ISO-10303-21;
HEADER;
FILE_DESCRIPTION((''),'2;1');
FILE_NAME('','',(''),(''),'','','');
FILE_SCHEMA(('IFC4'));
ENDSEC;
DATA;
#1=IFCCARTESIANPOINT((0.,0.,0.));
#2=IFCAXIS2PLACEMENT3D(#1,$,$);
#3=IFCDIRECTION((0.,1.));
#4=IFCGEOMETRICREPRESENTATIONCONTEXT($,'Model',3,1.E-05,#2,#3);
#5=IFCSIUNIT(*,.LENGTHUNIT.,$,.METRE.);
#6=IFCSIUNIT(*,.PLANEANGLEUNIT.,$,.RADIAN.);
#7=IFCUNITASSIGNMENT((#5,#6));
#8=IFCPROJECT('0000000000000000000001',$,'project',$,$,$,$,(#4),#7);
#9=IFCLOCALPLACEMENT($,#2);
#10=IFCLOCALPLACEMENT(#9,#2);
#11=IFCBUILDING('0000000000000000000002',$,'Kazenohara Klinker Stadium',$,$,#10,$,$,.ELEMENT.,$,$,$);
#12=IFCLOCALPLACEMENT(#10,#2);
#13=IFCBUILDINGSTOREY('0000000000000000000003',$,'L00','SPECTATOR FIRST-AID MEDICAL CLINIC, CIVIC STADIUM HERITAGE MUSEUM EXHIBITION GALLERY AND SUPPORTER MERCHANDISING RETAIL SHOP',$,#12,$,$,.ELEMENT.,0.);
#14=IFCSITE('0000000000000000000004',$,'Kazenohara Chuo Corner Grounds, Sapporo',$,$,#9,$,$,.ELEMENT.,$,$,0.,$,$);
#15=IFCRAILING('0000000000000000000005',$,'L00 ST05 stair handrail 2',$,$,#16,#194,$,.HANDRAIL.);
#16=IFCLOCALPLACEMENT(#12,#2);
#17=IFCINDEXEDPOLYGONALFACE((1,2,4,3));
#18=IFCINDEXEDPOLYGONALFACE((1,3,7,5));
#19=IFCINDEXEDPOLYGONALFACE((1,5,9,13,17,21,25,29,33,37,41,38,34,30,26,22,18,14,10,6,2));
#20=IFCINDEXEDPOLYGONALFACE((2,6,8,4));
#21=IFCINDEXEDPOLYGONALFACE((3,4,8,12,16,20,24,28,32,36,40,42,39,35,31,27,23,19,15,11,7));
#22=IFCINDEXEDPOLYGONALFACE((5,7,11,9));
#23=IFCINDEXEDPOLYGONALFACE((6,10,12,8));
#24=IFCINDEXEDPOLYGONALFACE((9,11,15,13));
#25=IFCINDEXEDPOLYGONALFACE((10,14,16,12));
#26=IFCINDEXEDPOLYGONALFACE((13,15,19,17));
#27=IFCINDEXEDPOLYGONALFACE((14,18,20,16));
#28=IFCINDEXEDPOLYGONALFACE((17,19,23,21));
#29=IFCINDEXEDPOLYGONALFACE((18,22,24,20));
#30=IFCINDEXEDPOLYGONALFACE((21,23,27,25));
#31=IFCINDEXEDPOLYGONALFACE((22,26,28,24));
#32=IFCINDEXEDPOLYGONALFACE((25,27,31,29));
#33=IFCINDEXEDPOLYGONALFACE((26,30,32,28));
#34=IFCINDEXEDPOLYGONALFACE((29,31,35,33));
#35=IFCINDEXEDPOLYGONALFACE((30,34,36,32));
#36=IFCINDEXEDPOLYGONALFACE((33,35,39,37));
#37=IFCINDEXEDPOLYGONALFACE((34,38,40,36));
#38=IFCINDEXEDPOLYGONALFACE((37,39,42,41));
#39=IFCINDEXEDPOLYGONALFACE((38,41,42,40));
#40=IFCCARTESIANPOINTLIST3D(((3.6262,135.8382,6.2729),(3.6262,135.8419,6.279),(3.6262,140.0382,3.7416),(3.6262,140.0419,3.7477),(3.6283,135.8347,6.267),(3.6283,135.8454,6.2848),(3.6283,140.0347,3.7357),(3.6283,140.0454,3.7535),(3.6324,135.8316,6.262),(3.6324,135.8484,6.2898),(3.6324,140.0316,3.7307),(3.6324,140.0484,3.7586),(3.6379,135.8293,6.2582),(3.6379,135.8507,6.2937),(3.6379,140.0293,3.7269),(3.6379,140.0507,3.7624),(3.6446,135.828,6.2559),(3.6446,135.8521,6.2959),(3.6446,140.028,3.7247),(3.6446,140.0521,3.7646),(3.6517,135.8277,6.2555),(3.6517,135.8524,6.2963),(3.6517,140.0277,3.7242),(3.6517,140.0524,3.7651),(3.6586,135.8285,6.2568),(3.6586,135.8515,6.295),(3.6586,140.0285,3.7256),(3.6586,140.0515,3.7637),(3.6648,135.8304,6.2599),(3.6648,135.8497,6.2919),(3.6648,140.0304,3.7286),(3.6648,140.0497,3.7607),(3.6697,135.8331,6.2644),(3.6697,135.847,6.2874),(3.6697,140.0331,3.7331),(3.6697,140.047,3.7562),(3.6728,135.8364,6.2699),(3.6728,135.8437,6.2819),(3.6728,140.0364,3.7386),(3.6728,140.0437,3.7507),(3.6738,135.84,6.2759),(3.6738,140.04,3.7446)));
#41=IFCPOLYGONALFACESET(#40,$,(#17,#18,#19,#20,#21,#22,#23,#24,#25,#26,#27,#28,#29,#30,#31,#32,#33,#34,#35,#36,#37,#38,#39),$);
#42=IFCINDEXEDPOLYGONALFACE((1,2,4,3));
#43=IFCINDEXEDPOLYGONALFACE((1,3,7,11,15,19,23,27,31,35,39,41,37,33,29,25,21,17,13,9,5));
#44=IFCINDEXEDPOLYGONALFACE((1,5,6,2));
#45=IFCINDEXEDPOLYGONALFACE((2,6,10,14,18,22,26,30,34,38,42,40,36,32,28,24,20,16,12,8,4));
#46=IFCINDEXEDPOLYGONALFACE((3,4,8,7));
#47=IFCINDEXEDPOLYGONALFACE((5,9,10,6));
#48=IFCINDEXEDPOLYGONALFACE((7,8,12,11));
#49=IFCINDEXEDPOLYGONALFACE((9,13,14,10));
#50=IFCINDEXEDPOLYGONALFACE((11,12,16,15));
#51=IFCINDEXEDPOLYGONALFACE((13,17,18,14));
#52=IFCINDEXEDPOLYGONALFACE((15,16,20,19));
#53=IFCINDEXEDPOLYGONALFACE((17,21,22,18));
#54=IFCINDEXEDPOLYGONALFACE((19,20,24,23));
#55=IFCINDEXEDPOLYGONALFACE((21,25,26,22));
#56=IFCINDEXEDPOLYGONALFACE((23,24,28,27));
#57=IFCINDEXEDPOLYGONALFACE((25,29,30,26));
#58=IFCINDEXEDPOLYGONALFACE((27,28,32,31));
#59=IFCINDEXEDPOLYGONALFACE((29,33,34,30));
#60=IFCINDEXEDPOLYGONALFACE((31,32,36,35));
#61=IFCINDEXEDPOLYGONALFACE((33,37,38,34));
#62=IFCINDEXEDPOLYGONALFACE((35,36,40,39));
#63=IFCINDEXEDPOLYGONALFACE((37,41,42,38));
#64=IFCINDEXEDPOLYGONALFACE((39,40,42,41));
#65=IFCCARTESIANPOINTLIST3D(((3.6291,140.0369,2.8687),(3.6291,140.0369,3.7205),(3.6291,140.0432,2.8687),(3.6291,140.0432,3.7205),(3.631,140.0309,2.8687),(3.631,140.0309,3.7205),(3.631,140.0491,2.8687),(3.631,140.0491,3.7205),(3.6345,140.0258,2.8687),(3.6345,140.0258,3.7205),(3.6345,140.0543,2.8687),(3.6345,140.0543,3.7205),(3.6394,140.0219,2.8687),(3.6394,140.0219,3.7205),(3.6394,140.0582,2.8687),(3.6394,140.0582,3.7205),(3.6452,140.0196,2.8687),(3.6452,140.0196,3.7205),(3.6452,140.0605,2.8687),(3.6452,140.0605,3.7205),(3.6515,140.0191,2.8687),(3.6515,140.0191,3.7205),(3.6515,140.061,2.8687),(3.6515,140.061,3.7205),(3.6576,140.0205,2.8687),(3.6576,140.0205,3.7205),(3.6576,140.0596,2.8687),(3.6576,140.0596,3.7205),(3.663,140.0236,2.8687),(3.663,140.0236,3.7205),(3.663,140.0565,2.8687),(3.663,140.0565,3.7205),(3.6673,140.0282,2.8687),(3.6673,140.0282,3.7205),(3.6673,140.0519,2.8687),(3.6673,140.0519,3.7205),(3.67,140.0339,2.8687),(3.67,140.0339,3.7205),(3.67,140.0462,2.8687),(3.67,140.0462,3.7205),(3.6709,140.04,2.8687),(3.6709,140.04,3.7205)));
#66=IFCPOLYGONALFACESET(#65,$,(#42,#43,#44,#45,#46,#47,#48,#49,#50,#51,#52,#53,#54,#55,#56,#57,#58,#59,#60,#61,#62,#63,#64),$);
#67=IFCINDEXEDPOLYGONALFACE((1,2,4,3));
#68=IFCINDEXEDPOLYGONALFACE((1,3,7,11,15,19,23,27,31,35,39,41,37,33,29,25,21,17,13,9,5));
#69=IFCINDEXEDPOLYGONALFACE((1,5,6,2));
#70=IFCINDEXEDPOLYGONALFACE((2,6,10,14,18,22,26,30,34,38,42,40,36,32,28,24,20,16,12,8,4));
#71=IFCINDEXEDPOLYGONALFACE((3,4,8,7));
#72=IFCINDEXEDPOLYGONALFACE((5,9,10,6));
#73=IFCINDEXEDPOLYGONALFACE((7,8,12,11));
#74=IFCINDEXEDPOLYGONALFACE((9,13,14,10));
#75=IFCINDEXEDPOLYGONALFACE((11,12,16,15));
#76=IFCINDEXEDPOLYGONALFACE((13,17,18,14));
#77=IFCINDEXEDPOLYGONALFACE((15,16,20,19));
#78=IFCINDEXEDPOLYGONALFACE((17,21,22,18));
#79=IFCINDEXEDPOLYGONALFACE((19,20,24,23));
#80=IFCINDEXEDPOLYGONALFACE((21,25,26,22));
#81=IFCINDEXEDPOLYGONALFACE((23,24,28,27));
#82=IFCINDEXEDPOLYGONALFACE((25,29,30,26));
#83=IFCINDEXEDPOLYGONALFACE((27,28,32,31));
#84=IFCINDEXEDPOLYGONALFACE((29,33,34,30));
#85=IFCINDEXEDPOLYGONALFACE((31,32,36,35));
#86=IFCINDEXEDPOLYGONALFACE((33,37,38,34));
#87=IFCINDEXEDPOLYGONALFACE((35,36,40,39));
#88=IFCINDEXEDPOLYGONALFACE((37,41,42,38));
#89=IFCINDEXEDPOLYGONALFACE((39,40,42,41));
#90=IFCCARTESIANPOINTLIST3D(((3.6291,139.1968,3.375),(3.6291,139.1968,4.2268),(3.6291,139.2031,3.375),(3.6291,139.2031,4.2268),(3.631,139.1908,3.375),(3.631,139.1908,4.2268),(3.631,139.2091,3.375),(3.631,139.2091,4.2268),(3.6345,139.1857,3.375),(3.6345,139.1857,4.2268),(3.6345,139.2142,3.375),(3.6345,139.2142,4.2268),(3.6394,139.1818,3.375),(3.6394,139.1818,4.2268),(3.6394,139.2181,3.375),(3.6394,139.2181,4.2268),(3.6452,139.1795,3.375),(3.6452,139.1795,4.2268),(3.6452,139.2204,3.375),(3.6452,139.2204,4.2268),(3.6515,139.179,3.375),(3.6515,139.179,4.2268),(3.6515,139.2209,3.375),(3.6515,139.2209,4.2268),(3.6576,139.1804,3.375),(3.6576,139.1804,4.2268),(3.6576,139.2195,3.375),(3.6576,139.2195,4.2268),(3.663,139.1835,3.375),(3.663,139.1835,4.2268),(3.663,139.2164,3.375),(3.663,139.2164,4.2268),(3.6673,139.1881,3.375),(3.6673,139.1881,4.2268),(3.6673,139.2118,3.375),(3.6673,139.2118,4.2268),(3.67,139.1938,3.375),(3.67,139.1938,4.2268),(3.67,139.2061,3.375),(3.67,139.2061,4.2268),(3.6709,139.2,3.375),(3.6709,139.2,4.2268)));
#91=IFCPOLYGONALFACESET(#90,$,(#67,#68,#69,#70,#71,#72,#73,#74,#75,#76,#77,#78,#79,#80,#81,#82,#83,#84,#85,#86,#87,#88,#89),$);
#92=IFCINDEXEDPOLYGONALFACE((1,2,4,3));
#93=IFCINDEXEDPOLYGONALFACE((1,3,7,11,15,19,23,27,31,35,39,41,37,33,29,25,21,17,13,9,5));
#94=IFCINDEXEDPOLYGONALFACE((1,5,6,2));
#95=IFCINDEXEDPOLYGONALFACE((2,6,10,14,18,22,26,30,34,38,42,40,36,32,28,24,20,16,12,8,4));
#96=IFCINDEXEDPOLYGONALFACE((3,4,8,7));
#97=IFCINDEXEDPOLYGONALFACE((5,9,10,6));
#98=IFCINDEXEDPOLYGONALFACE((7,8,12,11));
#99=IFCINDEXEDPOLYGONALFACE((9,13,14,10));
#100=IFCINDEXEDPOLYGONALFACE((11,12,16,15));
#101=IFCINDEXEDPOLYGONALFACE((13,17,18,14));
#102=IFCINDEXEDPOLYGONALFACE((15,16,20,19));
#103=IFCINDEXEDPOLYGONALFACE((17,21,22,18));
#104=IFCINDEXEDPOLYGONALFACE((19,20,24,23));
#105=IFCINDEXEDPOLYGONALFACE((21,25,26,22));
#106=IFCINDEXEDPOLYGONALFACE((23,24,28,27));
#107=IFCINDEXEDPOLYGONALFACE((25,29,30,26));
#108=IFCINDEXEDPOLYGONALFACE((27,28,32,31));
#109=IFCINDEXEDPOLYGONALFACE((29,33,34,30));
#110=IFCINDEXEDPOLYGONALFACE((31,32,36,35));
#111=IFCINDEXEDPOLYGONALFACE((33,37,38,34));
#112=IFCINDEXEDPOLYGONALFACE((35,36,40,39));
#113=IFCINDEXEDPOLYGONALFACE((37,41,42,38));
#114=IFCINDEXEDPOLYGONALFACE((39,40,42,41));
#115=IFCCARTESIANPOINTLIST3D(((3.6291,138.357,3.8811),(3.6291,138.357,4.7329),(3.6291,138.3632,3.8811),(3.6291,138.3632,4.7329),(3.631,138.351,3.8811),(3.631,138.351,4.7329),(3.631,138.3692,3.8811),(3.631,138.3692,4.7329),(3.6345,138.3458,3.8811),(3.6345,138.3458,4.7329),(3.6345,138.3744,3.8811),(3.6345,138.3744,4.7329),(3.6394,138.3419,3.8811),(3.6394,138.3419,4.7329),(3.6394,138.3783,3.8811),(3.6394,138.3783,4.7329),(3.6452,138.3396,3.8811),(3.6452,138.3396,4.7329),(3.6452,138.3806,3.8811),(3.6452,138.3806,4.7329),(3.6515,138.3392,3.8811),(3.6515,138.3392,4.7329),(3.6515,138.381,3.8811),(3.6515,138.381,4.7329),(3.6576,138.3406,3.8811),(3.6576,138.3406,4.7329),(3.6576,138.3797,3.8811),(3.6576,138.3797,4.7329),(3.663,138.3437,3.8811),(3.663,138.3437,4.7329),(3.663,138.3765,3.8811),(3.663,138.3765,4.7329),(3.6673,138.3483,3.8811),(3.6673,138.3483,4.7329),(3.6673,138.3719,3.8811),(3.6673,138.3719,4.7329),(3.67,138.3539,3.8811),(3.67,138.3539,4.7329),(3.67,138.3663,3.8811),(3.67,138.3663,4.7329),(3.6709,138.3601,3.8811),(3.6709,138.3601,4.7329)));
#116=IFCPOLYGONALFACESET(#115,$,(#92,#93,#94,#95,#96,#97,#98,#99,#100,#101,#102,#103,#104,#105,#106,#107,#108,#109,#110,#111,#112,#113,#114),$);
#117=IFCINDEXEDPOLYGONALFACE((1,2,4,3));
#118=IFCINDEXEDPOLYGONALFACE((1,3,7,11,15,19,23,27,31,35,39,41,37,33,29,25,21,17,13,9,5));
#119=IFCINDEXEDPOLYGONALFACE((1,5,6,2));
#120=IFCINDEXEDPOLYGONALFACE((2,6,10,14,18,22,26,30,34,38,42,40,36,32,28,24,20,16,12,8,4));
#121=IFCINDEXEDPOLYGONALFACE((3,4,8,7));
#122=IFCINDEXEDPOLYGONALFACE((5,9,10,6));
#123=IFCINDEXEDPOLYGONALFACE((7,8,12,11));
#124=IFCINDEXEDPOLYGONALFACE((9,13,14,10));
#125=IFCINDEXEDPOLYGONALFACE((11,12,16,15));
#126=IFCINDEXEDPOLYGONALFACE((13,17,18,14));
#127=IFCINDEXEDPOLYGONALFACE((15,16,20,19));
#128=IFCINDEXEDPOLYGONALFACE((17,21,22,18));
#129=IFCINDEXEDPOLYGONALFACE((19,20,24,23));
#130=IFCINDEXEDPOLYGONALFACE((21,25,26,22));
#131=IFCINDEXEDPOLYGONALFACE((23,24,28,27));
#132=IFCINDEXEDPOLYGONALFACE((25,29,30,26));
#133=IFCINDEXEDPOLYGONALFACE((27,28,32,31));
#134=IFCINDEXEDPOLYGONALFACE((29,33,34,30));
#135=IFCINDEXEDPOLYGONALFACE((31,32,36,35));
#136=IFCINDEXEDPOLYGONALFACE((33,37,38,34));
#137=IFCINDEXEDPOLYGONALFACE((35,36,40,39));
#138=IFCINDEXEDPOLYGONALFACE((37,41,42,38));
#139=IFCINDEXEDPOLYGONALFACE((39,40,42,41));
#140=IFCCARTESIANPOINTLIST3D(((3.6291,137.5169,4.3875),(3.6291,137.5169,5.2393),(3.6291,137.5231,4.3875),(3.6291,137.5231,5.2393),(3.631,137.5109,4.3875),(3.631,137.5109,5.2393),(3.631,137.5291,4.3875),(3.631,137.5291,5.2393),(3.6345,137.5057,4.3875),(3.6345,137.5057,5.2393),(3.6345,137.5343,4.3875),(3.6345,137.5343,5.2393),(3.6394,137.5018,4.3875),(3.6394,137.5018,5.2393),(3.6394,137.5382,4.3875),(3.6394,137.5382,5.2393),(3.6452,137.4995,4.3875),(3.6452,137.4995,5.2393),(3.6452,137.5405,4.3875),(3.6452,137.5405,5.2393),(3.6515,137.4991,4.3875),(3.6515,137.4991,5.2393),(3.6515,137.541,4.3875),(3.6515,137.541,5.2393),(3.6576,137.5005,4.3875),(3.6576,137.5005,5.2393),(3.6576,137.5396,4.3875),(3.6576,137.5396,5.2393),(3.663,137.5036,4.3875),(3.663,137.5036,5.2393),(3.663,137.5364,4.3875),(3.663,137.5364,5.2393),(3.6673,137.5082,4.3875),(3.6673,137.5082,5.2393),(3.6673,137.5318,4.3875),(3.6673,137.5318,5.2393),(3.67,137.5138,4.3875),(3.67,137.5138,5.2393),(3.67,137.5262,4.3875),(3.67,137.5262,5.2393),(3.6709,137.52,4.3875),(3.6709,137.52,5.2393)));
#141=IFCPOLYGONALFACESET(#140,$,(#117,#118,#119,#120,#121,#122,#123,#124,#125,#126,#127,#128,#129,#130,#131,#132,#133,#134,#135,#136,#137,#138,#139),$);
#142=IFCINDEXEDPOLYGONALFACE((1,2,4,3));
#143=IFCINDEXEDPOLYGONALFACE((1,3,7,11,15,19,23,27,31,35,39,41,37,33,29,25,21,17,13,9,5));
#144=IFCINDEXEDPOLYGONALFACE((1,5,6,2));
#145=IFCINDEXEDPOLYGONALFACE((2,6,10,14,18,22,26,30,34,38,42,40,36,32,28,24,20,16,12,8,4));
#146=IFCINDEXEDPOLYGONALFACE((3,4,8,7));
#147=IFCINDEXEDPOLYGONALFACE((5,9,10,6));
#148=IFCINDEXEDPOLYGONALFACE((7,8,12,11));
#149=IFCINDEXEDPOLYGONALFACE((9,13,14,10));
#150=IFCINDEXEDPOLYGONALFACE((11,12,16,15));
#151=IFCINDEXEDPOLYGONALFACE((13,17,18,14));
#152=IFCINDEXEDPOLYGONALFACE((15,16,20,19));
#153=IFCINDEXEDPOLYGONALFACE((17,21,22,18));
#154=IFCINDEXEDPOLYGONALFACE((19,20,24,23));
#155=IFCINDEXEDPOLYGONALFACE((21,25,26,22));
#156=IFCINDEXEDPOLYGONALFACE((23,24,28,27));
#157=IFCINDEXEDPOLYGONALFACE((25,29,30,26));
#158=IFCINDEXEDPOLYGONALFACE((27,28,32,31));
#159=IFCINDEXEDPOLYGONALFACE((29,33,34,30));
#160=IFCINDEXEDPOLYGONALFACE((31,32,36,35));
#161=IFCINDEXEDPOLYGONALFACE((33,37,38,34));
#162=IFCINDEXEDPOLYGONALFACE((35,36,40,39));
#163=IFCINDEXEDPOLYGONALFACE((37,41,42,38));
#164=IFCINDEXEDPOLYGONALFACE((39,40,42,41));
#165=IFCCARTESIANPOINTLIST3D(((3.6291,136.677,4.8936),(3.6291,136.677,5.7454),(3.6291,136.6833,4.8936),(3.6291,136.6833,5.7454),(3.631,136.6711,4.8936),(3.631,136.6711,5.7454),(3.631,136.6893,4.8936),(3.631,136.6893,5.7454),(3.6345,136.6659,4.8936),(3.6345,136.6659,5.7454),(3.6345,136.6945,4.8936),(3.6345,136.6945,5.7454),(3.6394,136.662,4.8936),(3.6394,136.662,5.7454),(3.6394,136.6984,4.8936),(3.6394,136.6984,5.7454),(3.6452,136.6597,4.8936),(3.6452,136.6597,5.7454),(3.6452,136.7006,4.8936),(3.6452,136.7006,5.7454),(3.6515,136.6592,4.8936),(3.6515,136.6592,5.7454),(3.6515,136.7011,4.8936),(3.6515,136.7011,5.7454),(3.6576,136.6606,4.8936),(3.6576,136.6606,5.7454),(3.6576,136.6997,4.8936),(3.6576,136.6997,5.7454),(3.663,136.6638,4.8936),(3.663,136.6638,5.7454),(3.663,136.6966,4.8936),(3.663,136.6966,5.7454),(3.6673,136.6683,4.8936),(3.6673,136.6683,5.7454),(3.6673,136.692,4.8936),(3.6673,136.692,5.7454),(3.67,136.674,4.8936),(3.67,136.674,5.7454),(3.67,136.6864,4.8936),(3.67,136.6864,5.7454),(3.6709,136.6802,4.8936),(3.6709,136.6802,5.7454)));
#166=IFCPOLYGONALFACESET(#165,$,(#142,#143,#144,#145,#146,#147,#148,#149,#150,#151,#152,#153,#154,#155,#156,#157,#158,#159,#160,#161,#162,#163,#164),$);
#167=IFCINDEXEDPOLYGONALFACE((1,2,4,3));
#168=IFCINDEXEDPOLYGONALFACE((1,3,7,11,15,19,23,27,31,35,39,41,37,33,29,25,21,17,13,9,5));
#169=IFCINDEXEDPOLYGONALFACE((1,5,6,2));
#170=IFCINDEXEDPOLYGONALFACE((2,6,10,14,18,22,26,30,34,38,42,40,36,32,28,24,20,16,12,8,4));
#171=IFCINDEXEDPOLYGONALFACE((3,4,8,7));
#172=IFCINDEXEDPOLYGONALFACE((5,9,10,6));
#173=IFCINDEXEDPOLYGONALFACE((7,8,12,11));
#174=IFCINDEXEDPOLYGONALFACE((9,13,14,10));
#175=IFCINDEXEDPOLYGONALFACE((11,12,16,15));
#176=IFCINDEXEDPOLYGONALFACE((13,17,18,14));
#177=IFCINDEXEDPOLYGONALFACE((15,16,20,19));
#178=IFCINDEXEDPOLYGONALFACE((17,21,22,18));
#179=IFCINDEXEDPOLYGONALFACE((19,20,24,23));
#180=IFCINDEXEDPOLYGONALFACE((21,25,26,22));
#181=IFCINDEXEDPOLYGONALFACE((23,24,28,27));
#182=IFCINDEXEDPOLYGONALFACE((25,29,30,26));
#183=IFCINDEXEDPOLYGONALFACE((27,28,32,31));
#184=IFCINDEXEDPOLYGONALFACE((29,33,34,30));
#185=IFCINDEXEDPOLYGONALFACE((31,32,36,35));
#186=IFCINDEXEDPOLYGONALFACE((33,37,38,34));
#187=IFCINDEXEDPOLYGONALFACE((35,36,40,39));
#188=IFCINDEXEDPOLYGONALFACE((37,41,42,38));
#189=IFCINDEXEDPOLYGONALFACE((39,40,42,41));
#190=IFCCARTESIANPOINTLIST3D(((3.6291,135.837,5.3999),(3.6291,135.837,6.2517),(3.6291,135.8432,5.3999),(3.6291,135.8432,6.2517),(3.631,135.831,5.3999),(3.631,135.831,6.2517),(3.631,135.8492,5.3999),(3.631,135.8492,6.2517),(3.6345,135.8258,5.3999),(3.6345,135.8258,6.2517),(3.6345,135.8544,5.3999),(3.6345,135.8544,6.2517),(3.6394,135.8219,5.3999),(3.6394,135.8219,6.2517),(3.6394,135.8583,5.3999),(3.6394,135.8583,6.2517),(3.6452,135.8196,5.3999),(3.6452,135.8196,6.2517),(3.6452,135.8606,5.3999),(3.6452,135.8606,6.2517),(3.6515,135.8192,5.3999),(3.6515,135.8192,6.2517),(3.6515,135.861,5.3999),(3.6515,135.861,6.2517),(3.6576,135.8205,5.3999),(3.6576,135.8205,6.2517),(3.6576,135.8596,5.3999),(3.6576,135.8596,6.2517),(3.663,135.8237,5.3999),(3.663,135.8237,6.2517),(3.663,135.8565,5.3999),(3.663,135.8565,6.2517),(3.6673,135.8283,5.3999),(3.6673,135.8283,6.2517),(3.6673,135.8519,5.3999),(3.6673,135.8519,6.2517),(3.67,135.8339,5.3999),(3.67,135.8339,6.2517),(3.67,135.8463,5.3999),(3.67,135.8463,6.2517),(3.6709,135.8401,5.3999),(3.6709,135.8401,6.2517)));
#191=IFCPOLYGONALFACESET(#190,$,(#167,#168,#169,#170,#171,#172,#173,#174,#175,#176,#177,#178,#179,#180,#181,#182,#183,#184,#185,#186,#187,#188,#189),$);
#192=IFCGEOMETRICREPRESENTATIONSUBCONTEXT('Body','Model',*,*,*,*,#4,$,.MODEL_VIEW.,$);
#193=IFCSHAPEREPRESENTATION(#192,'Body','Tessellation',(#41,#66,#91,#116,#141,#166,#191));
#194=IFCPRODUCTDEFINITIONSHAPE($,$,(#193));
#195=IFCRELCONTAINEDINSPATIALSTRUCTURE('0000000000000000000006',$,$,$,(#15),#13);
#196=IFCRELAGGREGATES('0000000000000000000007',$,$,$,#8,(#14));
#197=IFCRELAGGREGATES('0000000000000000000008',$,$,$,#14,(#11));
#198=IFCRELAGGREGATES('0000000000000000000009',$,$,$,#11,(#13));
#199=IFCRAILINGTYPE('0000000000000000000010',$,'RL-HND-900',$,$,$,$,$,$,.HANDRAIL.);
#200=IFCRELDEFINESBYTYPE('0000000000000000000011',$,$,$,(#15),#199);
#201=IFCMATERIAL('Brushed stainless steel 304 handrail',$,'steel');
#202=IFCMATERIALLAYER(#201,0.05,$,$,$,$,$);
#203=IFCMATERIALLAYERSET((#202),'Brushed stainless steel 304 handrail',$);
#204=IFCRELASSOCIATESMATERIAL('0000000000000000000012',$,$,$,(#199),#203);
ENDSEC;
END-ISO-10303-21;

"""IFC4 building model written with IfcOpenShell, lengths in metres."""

from ifc_helpers import new_model, si_unit, direction, frame, origin, origin_2d, place, context, subcontext, project, spatial, circle, extrude, material, layer, layer_set, type_object, element, save


model = new_model("IFC4")

# Units and contexts
model_context = context("Model", 3, precision=1e-05, world=origin(), true_north=direction((0.0, 1.0)))
body_context = subcontext(model_context, "Body", "Model", "MODEL_VIEW")
ifc_project = project(units=[si_unit("LENGTHUNIT", "METRE"), si_unit("PLANEANGLEUNIT", "RADIAN")], contexts=[model_context])

# Site, building, storey
site_placement = place(None, origin())
site = spatial("IfcSite", under=ifc_project, at=site_placement, Name="Kazenohara Chuo Corner Grounds, Sapporo", CompositionType="ELEMENT", RefElevation=0.0)
building_placement = place(site_placement, origin())
building = spatial("IfcBuilding", under=site, at=building_placement, Name="Kazenohara Klinker Stadium", CompositionType="ELEMENT")
storey_placement = place(building_placement, origin())
storey = spatial("IfcBuildingStorey", under=building, at=storey_placement, Name="L00", Description="SPECTATOR FIRST-AID MEDICAL CLINIC, CIVIC STADIUM HERITAGE MUSEUM EXHIBITION GALLERY AND SUPPORTER MERCHANDISING RETAIL SHOP", CompositionType="ELEMENT", Elevation=0.0)

# Railing
ifc_material_1 = material(Name="Brushed stainless steel 304 handrail", Category="steel")
ifc_layer_1 = layer(ifc_material_1, 0.05)
ifc_layer_set_1 = layer_set([ifc_layer_1], Name="Brushed stainless steel 304 handrail")
railing_type_1 = type_object("IfcRailingType", Name="RL-HND-900", PredefinedType="HANDRAIL", material=ifc_layer_set_1)
railing_1_placement = place(storey_placement, frame((3.6499, 140.04, 2.8687)))
element("IfcRailing", 1, at=railing_1_placement, inside=storey, type_object=railing_type_1, Name="L00 ST05 stair handrail 2", PredefinedType="HANDRAIL", context=body_context, shape_type="SweptSolid", body=[
    extrude(circle(Radius=0.0239, at=origin_2d()), frame((0.0, 0.0, 0.876), z_axis=(0.0, -0.856476, 0.516186), x_axis=(1.0, 0.0, 0.0)), (0.0, 0.0, 1.0), 4.9038),
    extrude(circle(Radius=0.021, at=origin_2d()), origin(), (0.0, 0.0, 1.0), 0.8518),
    extrude(circle(Radius=0.021, at=origin_2d()), frame((0.0, -0.8401, 0.5063)), (0.0, 0.0, 1.0), 0.8518),
    extrude(circle(Radius=0.021, at=origin_2d()), frame((0.0, -1.6799, 1.0125)), (0.0, 0.0, 1.0), 0.8518),
    extrude(circle(Radius=0.021, at=origin_2d()), frame((0.0, -2.52, 1.5188)), (0.0, 0.0, 1.0), 0.8518),
    extrude(circle(Radius=0.021, at=origin_2d()), frame((0.0, -3.3599, 2.0249)), (0.0, 0.0, 1.0), 0.8518),
    extrude(circle(Radius=0.021, at=origin_2d()), frame((0.0, -4.2, 2.5312)), (0.0, 0.0, 1.0), 0.8518),
])

save(model, "model.ifc")
